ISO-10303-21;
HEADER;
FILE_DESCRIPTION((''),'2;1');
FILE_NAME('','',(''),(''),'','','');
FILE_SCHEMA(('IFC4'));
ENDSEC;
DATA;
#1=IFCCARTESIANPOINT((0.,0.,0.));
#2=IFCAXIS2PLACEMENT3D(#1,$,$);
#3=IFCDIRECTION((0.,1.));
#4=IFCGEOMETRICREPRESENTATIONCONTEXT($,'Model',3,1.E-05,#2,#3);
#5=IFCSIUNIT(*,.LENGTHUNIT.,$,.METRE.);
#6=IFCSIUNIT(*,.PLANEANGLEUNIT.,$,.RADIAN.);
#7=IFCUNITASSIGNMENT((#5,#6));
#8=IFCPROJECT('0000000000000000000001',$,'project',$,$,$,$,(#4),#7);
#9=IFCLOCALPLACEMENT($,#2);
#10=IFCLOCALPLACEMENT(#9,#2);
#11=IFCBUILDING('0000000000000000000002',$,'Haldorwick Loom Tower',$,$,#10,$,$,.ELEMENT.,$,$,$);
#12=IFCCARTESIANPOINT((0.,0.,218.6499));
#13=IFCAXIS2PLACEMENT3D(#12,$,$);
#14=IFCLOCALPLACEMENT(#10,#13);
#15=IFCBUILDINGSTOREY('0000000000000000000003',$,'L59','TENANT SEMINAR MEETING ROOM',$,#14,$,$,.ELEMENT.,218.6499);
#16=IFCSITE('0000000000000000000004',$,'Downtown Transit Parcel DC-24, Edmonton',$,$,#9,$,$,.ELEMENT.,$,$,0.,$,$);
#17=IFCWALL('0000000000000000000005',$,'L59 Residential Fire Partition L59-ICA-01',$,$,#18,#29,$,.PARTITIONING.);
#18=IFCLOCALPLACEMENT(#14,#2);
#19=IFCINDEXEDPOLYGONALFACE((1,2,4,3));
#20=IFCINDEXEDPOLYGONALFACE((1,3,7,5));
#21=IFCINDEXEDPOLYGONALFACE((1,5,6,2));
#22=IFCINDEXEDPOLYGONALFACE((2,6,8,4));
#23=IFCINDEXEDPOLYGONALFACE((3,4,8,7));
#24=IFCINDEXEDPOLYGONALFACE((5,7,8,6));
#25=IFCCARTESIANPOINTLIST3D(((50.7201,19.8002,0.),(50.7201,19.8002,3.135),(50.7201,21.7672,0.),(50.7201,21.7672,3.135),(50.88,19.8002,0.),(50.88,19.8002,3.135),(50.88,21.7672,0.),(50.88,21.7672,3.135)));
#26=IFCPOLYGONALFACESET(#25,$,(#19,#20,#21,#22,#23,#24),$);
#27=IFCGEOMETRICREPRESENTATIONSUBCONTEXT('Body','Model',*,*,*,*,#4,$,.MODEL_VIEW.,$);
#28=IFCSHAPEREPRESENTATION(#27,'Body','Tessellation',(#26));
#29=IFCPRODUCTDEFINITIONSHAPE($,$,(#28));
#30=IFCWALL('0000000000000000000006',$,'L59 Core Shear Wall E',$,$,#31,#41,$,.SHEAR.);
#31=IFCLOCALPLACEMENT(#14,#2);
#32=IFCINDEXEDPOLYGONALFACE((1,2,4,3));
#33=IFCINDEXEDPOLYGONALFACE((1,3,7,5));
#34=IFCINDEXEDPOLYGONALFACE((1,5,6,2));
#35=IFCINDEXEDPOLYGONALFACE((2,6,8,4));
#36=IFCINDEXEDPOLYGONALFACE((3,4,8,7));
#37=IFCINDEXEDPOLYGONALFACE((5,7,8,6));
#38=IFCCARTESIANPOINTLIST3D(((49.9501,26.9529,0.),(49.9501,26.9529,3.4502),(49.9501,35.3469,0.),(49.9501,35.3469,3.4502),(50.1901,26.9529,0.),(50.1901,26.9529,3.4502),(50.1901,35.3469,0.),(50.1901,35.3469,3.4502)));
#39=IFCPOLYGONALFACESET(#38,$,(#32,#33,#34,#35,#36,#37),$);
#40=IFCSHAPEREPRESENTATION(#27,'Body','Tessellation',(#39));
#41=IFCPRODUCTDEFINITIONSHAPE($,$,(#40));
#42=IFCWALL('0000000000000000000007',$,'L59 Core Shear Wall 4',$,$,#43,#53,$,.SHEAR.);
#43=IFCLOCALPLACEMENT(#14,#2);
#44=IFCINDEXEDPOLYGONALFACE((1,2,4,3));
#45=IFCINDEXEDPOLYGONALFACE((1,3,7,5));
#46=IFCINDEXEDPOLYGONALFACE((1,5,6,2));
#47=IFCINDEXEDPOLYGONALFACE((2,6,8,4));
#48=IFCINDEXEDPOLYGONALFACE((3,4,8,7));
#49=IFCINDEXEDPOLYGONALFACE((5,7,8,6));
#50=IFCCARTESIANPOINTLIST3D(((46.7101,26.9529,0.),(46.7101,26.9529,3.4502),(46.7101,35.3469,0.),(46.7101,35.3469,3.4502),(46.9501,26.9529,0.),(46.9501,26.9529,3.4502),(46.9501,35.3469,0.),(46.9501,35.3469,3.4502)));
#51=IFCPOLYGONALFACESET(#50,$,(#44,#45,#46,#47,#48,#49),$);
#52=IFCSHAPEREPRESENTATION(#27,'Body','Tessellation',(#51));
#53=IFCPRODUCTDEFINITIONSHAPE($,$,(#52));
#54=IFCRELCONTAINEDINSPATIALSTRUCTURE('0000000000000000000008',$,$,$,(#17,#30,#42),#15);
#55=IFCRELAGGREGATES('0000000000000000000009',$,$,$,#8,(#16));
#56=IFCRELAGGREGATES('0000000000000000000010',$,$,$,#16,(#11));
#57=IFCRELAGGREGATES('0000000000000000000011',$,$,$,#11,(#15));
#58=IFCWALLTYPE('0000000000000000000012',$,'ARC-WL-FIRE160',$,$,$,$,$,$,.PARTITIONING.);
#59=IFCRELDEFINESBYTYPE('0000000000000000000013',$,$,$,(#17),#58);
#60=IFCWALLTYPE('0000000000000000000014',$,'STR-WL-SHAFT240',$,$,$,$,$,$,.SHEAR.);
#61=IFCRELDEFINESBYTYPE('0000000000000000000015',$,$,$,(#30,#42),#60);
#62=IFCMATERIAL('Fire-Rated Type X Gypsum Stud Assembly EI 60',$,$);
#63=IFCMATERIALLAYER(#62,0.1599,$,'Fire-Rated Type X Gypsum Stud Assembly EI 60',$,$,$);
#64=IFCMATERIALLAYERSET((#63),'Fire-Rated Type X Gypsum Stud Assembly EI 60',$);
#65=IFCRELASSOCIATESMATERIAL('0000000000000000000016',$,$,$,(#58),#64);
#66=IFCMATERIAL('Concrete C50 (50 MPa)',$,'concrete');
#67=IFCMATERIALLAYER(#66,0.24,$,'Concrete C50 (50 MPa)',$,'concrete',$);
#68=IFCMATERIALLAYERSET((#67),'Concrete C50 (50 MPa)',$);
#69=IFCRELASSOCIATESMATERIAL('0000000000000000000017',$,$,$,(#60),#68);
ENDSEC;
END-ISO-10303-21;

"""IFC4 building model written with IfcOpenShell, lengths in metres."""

from ifc_helpers import new_model, si_unit, direction, frame, frame_2d, origin, place, context, subcontext, project, spatial, rectangle, extrude, material, layer, layer_set, type_object, element, save


model = new_model("IFC4")

# Units and contexts
model_context = context("Model", 3, precision=1e-05, world=origin(), true_north=direction((0.0, 1.0)))
body_context = subcontext(model_context, "Body", "Model", "MODEL_VIEW")
ifc_project = project(units=[si_unit("LENGTHUNIT", "METRE"), si_unit("PLANEANGLEUNIT", "RADIAN")], contexts=[model_context])

# Site, building, storey
site_placement = place(None, origin())
site = spatial("IfcSite", under=ifc_project, at=site_placement, Name="Downtown Transit Parcel DC-24, Edmonton", CompositionType="ELEMENT", RefElevation=0.0)
building_placement = place(site_placement, origin())
building = spatial("IfcBuilding", under=site, at=building_placement, Name="Haldorwick Loom Tower", CompositionType="ELEMENT")
storey_placement = place(building_placement, frame((0.0, 0.0, 218.6499)))
storey = spatial("IfcBuildingStorey", under=building, at=storey_placement, Name="L59", Description="TENANT SEMINAR MEETING ROOM", CompositionType="ELEMENT", Elevation=218.6499)

# Shared definitions
ifc_material_1 = material(Name="Fire-Rated Type X Gypsum Stud Assembly EI 60")
ifc_layer_1 = layer(ifc_material_1, 0.1599, Name="Fire-Rated Type X Gypsum Stud Assembly EI 60")
ifc_layer_set_1 = layer_set([ifc_layer_1], Name="Fire-Rated Type X Gypsum Stud Assembly EI 60")
wall_type_1 = type_object("IfcWallType", Name="ARC-WL-FIRE160", PredefinedType="PARTITIONING", material=ifc_layer_set_1)

# Walls
wall_1_placement = place(storey_placement, frame((50.8, 21.7671, 0.0), z_axis=(0.0, 0.0, 1.0), x_axis=(0.0, -1.0, 0.0)))
element("IfcWall", 1, at=wall_1_placement, inside=storey, type_object=wall_type_1, Name="L59 Residential Fire Partition L59-ICA-01", PredefinedType="PARTITIONING", context=body_context, shape_type="SweptSolid", body=[
    extrude(rectangle(XDim=1.967, YDim=0.1599, at=frame_2d((0.9834, 0.0))), origin(), (0.0, 0.0, 1.0), 3.135),
])
ifc_material_2 = material(Name="Concrete C50 (50 MPa)", Category="concrete")
ifc_layer_2 = layer(ifc_material_2, 0.24, Name="Concrete C50 (50 MPa)", Category="concrete")
ifc_layer_set_2 = layer_set([ifc_layer_2], Name="Concrete C50 (50 MPa)")
wall_type_2 = type_object("IfcWallType", Name="STR-WL-SHAFT240", PredefinedType="SHEAR", material=ifc_layer_set_2)
for number, where, z_axis, x_axis, name in (
    (2, (50.0701, 26.9529, 0.0), (0.0, 0.0, 1.0), (0.0, 1.0, 0.0), "L59 Core Shear Wall E"),
    (3, (46.8301, 26.9529, 0.0), (0.0, 0.0, 1.0), (0.0, 1.0, 0.0), "L59 Core Shear Wall 4"),
):
    element("IfcWall", number, at=place(storey_placement, frame(where, z_axis=z_axis, x_axis=x_axis)), inside=storey, type_object=wall_type_2, Name=name, PredefinedType="SHEAR", context=body_context, shape_type="SweptSolid", body=[
        extrude(rectangle(XDim=8.394, YDim=0.24, at=frame_2d((4.197, 0.0))), origin(), (0.0, 0.0, 1.0), 3.4502),
    ])

save(model, "model.ifc")
